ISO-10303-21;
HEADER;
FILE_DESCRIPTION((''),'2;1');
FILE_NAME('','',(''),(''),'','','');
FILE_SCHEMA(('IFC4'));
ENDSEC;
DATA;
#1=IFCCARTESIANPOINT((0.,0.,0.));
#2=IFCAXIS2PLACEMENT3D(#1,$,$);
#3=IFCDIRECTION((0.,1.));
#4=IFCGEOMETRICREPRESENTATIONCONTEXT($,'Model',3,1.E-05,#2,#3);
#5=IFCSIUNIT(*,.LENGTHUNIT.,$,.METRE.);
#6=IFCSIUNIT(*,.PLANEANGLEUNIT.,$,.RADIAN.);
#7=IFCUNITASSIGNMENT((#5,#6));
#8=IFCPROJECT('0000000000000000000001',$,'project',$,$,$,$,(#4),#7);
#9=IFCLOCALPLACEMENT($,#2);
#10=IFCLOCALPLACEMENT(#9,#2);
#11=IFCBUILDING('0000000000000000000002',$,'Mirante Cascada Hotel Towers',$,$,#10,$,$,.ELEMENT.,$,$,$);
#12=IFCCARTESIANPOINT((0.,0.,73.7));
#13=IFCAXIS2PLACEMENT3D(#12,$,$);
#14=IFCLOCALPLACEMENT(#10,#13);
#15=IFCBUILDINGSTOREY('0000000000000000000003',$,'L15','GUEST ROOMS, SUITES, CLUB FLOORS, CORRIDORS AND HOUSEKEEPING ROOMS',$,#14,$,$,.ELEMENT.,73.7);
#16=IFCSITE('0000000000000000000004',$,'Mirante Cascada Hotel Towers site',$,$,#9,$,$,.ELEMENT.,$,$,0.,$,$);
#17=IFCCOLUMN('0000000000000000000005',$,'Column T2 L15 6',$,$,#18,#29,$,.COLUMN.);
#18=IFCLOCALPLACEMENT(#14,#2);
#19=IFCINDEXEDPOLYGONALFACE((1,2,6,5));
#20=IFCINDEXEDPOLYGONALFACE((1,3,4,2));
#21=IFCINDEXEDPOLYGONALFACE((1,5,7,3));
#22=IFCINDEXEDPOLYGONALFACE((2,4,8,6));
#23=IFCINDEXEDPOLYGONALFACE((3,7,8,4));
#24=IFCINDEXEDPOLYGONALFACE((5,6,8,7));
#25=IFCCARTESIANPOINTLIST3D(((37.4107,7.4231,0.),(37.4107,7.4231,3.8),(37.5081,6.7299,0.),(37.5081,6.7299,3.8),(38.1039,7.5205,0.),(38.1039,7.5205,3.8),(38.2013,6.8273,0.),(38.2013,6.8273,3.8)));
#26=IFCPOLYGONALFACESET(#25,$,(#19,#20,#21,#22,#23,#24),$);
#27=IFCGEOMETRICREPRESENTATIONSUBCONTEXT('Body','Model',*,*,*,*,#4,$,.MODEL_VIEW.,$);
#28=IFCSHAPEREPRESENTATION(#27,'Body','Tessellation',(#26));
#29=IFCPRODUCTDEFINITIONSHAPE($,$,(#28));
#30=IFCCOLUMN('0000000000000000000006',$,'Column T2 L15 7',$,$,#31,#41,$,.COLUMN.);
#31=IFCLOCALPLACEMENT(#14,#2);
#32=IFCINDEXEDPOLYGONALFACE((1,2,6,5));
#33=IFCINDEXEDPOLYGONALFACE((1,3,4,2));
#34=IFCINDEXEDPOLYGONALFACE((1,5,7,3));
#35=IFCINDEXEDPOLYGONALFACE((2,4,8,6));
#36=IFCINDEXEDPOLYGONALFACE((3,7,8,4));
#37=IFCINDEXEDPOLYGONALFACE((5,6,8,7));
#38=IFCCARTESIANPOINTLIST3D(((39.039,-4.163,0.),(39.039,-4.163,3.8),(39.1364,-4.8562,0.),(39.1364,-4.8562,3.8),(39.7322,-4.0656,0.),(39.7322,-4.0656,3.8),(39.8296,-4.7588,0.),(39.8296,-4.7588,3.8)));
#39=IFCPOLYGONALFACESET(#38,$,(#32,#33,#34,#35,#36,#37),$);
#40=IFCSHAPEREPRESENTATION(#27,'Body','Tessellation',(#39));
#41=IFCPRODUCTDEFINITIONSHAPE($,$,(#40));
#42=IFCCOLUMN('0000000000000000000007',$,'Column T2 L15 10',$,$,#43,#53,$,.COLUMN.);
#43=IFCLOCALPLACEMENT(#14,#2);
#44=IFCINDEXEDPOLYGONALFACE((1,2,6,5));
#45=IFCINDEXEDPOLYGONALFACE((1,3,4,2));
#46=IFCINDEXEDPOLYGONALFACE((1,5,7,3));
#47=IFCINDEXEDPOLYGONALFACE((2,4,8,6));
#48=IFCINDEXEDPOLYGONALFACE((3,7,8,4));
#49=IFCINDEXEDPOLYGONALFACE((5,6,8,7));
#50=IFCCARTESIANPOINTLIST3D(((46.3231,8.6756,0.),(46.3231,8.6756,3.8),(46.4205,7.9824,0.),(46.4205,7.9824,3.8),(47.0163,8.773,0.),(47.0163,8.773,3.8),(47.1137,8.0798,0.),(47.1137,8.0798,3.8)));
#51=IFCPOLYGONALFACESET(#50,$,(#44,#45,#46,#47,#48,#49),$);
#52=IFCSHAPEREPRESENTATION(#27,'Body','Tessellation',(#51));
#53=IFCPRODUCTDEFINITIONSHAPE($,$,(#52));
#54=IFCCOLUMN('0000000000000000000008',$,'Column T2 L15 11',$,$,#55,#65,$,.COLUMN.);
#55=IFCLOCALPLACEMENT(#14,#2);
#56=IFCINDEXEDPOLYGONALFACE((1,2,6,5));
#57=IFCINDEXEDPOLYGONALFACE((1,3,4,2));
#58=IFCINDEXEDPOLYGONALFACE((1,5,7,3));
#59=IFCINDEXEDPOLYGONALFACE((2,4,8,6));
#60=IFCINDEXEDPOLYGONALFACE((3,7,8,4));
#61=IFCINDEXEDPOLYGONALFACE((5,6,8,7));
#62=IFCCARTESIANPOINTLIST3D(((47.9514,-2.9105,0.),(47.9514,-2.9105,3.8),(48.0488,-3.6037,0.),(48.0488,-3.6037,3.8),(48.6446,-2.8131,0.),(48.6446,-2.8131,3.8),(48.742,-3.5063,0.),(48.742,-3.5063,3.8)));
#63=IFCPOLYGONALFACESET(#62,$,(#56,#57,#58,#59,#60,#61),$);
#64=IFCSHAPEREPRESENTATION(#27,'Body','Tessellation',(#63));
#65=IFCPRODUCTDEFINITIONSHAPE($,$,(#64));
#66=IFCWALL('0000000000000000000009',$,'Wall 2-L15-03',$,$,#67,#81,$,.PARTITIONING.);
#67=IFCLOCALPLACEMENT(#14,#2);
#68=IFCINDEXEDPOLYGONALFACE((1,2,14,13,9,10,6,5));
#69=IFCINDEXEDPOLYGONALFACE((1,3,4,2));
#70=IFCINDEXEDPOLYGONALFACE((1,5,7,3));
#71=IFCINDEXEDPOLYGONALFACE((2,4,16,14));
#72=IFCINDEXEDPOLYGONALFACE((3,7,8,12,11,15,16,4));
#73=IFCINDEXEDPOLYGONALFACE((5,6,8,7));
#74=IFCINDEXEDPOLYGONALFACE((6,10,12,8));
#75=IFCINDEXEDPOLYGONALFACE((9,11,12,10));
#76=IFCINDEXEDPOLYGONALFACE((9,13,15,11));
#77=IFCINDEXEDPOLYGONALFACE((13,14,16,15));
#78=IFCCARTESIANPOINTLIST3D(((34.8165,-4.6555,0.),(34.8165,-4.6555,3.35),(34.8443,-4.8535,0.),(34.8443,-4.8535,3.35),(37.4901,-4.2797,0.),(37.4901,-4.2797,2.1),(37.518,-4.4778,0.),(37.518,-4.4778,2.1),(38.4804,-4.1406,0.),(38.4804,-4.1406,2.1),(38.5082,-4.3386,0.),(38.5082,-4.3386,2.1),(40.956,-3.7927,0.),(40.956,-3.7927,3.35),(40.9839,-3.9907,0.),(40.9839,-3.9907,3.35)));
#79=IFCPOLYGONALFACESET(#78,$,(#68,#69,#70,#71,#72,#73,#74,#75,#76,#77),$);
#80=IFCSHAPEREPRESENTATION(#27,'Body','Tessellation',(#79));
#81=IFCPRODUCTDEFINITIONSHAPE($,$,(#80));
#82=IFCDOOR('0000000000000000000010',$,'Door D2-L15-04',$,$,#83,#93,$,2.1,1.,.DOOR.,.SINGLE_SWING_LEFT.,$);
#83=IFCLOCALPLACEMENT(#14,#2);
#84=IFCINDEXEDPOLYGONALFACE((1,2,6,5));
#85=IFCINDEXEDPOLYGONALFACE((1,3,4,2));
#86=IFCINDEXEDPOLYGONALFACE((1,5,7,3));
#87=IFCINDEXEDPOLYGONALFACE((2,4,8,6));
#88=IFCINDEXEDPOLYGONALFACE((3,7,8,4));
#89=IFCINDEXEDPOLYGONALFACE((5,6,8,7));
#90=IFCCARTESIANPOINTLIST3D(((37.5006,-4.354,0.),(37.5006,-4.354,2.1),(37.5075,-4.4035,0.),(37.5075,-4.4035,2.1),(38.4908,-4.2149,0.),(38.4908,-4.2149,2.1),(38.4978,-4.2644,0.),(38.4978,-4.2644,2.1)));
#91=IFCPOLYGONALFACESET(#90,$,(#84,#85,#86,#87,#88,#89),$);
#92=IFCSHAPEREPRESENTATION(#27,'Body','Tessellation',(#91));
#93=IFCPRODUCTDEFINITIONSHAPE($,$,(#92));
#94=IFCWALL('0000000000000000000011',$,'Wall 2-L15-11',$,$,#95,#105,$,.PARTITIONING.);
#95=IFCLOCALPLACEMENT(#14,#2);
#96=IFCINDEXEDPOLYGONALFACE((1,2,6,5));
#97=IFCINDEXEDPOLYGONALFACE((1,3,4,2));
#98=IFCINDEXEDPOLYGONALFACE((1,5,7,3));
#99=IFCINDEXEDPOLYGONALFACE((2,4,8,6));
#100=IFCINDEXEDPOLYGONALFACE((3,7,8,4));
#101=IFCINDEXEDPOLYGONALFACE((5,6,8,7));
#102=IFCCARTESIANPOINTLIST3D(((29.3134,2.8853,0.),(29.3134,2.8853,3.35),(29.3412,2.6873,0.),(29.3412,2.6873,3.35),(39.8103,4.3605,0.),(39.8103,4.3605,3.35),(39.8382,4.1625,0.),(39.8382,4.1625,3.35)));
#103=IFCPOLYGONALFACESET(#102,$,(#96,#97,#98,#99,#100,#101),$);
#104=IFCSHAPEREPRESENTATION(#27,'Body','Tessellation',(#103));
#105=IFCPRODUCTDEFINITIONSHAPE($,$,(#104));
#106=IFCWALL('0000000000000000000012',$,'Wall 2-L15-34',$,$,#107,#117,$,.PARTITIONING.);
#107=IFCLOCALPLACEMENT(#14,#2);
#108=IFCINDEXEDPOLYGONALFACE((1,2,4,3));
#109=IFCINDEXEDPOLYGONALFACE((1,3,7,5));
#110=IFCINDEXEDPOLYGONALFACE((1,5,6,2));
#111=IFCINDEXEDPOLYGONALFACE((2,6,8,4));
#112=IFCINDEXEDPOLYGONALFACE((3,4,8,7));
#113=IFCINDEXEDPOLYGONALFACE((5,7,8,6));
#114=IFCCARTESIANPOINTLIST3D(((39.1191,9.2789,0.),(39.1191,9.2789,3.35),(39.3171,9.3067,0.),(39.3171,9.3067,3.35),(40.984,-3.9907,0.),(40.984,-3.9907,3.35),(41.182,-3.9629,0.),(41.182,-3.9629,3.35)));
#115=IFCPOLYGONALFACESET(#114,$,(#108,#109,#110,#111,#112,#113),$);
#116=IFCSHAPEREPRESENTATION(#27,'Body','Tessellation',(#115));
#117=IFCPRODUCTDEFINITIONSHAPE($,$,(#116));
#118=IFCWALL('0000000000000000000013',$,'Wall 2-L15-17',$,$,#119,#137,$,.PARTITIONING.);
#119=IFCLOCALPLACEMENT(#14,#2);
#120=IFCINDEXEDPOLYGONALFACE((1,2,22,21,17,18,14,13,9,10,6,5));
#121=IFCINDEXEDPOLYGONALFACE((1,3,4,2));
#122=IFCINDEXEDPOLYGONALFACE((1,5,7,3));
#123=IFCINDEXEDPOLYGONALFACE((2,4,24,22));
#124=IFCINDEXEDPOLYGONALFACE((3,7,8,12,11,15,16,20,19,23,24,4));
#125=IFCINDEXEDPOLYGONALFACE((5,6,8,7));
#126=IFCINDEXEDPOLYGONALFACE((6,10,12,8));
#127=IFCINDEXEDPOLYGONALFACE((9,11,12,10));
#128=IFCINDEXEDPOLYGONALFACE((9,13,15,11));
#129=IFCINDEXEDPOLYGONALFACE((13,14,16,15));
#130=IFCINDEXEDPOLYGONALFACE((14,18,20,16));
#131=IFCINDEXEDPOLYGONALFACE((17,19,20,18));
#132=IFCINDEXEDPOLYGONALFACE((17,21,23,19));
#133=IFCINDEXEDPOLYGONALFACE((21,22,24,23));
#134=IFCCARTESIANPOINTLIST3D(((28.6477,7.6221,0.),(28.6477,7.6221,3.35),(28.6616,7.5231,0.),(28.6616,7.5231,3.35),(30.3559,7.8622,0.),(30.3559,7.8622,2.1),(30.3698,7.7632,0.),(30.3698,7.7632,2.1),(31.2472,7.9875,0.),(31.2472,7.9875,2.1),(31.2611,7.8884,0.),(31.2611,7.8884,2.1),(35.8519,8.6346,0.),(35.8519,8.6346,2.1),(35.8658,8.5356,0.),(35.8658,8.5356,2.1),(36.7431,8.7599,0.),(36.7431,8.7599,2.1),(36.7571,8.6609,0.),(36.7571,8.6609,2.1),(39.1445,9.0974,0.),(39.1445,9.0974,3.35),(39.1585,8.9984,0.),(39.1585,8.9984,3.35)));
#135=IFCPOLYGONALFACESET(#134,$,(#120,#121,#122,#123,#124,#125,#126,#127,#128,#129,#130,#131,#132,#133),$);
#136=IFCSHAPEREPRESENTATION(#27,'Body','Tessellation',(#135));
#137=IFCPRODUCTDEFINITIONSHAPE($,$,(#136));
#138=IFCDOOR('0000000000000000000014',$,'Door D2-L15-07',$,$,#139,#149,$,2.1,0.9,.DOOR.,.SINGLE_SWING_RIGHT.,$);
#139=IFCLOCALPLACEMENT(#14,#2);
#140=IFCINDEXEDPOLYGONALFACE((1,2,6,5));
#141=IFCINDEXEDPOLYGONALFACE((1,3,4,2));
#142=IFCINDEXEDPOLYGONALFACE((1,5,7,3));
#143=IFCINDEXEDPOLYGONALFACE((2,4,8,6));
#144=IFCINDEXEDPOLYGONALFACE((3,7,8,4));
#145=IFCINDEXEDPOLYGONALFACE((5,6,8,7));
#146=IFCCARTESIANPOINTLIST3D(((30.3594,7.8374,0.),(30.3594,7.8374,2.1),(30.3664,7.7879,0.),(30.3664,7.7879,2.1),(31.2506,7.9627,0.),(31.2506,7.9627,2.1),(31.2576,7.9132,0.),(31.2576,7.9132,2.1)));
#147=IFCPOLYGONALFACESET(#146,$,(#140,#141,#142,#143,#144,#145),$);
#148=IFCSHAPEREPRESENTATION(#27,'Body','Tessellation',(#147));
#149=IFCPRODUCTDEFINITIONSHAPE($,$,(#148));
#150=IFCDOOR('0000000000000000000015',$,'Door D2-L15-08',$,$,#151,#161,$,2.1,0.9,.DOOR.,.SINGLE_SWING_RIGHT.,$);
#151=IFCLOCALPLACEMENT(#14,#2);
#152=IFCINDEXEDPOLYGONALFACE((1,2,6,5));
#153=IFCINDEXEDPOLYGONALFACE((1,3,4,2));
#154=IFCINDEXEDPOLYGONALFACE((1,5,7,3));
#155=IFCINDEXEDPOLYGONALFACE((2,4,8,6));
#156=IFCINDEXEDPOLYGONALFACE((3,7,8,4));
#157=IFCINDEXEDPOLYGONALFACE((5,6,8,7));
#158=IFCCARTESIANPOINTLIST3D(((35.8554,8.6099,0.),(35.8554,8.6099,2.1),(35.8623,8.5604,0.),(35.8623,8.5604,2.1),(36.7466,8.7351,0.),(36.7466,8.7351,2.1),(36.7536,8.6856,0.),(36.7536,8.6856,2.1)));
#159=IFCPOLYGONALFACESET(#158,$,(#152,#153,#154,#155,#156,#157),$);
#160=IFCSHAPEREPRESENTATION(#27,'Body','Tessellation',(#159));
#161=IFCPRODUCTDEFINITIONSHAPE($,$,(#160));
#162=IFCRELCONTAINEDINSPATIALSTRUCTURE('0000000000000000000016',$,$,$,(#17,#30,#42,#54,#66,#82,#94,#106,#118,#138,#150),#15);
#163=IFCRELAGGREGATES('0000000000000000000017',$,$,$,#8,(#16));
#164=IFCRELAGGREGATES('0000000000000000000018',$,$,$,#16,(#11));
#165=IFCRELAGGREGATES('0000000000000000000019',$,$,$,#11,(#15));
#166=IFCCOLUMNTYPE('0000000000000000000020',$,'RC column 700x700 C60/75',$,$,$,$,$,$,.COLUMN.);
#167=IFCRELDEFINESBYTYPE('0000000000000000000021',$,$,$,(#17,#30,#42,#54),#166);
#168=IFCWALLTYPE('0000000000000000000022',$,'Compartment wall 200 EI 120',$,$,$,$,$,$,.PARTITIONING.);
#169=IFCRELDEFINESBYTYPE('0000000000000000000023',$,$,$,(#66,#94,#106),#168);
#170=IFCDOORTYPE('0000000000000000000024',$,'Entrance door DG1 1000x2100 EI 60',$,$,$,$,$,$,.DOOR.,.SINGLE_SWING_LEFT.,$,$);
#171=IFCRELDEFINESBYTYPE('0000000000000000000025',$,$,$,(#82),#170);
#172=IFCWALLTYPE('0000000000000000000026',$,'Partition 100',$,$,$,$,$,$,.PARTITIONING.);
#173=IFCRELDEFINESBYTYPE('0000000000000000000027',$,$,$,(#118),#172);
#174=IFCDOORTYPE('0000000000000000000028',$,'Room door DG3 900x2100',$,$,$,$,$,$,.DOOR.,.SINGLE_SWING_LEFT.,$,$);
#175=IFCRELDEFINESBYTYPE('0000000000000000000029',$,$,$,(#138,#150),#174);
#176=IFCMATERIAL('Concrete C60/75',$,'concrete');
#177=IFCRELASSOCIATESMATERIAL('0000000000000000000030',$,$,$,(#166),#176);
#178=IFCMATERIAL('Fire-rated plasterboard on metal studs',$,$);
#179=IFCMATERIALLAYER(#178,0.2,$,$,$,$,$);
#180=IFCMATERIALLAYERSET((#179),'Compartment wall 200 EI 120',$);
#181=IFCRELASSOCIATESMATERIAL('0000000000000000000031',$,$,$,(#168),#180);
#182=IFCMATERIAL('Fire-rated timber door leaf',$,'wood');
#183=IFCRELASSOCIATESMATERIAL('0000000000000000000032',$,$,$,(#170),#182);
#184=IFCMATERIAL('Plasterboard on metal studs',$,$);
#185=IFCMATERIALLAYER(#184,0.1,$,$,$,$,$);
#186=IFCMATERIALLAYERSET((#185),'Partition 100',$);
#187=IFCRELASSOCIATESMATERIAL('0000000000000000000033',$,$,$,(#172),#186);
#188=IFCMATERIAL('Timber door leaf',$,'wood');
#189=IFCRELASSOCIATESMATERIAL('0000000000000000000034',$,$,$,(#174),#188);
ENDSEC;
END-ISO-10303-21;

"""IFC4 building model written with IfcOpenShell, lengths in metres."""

from ifc_helpers import new_model, si_unit, direction, frame, frame_2d, origin, origin_2d, place, context, subcontext, project, spatial, rectangle, extrude, material, layer, layer_set, material_profile, profile_set, type_object, element, fill, save


model = new_model("IFC4")

# Units and contexts
model_context = context("Model", 3, precision=1e-05, world=origin(), true_north=direction((0.0, 1.0)))
body_context = subcontext(model_context, "Body", "Model", "MODEL_VIEW")
ifc_project = project(units=[si_unit("LENGTHUNIT", "METRE"), si_unit("PLANEANGLEUNIT", "RADIAN")], contexts=[model_context])

# Site, building, storey
site_placement = place(None, origin())
site = spatial("IfcSite", under=ifc_project, at=site_placement, Name="Mirante Cascada Hotel Towers site", CompositionType="ELEMENT", RefElevation=0.0)
building_placement = place(site_placement, origin())
building = spatial("IfcBuilding", under=site, at=building_placement, Name="Mirante Cascada Hotel Towers", CompositionType="ELEMENT")
storey_placement = place(building_placement, frame((0.0, 0.0, 73.7)))
storey = spatial("IfcBuildingStorey", under=building, at=storey_placement, Name="L15", Description="GUEST ROOMS, SUITES, CLUB FLOORS, CORRIDORS AND HOUSEKEEPING ROOMS", CompositionType="ELEMENT", Elevation=73.7)

# Columns
ifc_material_1 = material(Name="Concrete C60/75", Category="concrete")
ifc_material_profile = material_profile(ifc_material_1, rectangle(XDim=0.7, YDim=0.7, at=origin_2d()), Name="RC column 700x700 C60/75")
ifc_profile_set = profile_set([ifc_material_profile], Name="Concrete C60/75")
column_type = type_object("IfcColumnType", Name="RC column 700x700 C60/75", PredefinedType="COLUMN", material=ifc_profile_set)
for number, where, z_axis, x_axis, name in (
    (1, (37.806, 7.1252, 0.0), (0.0, 0.0, 1.0), (0.990268, 0.139173, 0.0), "Column T2 L15 6"),
    (2, (39.4343, -4.4609, 0.0), (0.0, 0.0, 1.0), (0.990268, 0.139173, 0.0), "Column T2 L15 7"),
    (3, (46.7184, 8.3777, 0.0), (0.0, 0.0, 1.0), (0.990268, 0.139173, 0.0), "Column T2 L15 10"),
    (4, (48.3467, -3.2084, 0.0), (0.0, 0.0, 1.0), (0.990268, 0.139173, 0.0), "Column T2 L15 11"),
):
    element("IfcColumn", number, at=place(storey_placement, frame(where, z_axis=z_axis, x_axis=x_axis)), inside=storey, type_object=column_type, Name=name, PredefinedType="COLUMN", context=body_context, shape_type="SweptSolid", body=[
        extrude(rectangle(XDim=0.7, YDim=0.7, at=origin_2d()), origin(), (0.0, 0.0, 1.0), 3.8),
    ])

# Wall, opening, door
ifc_material_2 = material(Name="Fire-rated plasterboard on metal studs")
ifc_layer_1 = layer(ifc_material_2, 0.2)
ifc_layer_set_1 = layer_set([ifc_layer_1], Name="Compartment wall 200 EI 120")
wall_type_1 = type_object("IfcWallType", Name="Compartment wall 200 EI 120", PredefinedType="PARTITIONING", material=ifc_layer_set_1)
wall_1_placement = place(storey_placement, frame((40.97, -3.8917, 0.0), z_axis=(0.0, 0.0, 1.0), x_axis=(-0.99027, -0.139163, 0.0)))
wall_1 = element("IfcWall", 5, at=wall_1_placement, inside=storey, type_object=wall_type_1, Name="Wall 2-L15-03", PredefinedType="PARTITIONING", context=body_context, shape_type="SweptSolid", body=[
    extrude(rectangle(XDim=6.1999, YDim=0.2, at=frame_2d((3.1, 0.0))), origin(), (0.0, 0.0, 1.0), 3.35),
])
opening_1_placement = place(wall_1_placement, frame((2.5, 0.0, 0.0)))
opening_1 = element("IfcOpeningElement", 6, at=opening_1_placement, cuts=wall_1, PredefinedType="OPENING", context=body_context, shape_type="SweptSolid", body=[
    extrude(rectangle(XDim=1.0, YDim=2.1, at=frame_2d((0.5, 1.05))), frame((0.0, 0.1, 0.0), z_axis=(0.0, -1.0, 0.0), x_axis=(1.0, 0.0, 0.0)), (0.0, 0.0, 1.0), 0.2),
])
ifc_material_3 = material(Name="Fire-rated timber door leaf", Category="wood")
door_type_1 = type_object("IfcDoorType", Name="Entrance door DG1 1000x2100 EI 60", OperationType="SINGLE_SWING_LEFT", PredefinedType="DOOR", material=ifc_material_3)
door_1_placement = place(opening_1_placement, origin())
door_1 = element("IfcDoor", 7, at=door_1_placement, inside=storey, type_object=door_type_1, Name="Door D2-L15-04", OperationType="SINGLE_SWING_LEFT", OverallHeight=2.1, OverallWidth=1.0, PredefinedType="DOOR", context=body_context, shape_type="SweptSolid", body=[
    extrude(rectangle(XDim=1.0, YDim=2.1, at=frame_2d((0.5, 1.05))), frame((0.0, 0.025, 0.0), z_axis=(0.0, -1.0, 0.0), x_axis=(1.0, 0.0, 0.0)), (0.0, 0.0, 1.0), 0.05),
])
fill(opening_1, door_1)

# Walls
wall_2_placement = place(storey_placement, frame((39.8242, 4.2615, 0.0), z_axis=(0.0, 0.0, 1.0), x_axis=(-0.990269, -0.139169, 0.0)))
element("IfcWall", 8, at=wall_2_placement, inside=storey, type_object=wall_type_1, Name="Wall 2-L15-11", PredefinedType="PARTITIONING", context=body_context, shape_type="SweptSolid", body=[
    extrude(rectangle(XDim=10.6001, YDim=0.2, at=frame_2d((5.3, 0.0))), origin(), (0.0, 0.0, 1.0), 3.35),
])
wall_3_placement = place(storey_placement, frame((41.083, -3.9768, 0.0), z_axis=(0.0, 0.0, 1.0), x_axis=(-0.139172, 0.990268, 0.0)))
element("IfcWall", 9, at=wall_3_placement, inside=storey, type_object=wall_type_1, Name="Wall 2-L15-34", PredefinedType="PARTITIONING", context=body_context, shape_type="SweptSolid", body=[
    extrude(rectangle(XDim=13.4, YDim=0.2, at=frame_2d((6.7, 0.0))), origin(), (0.0, 0.0, 1.0), 3.35),
])

# Wall, openings, doors
ifc_material_4 = material(Name="Plasterboard on metal studs")
ifc_layer_2 = layer(ifc_material_4, 0.1)
ifc_layer_set_2 = layer_set([ifc_layer_2], Name="Partition 100")
wall_type_2 = type_object("IfcWallType", Name="Partition 100", PredefinedType="PARTITIONING", material=ifc_layer_set_2)
wall_4_placement = place(storey_placement, frame((39.1515, 9.0479, 0.0), z_axis=(0.0, 0.0, 1.0), x_axis=(-0.990267, -0.13918, 0.0)))
wall_4 = element("IfcWall", 10, at=wall_4_placement, inside=storey, type_object=wall_type_2, Name="Wall 2-L15-17", PredefinedType="PARTITIONING", context=body_context, shape_type="SweptSolid", body=[
    extrude(rectangle(XDim=10.6, YDim=0.1, at=frame_2d((5.3, 0.0))), origin(), (0.0, 0.0, 1.0), 3.35),
])
opening_2_placement = place(wall_4_placement, frame((7.975, 0.0, 0.0)))
opening_2 = element("IfcOpeningElement", 11, at=opening_2_placement, cuts=wall_4, PredefinedType="OPENING", context=body_context, shape_type="SweptSolid", body=[
    extrude(rectangle(XDim=0.9, YDim=2.1, at=frame_2d((0.45, 1.05))), frame((0.0, 0.05, 0.0), z_axis=(0.0, -1.0, 0.0), x_axis=(1.0, 0.0, 0.0)), (0.0, 0.0, 1.0), 0.1),
])
opening_3_placement = place(wall_4_placement, frame((2.425, 0.0, 0.0)))
opening_3 = element("IfcOpeningElement", 12, at=opening_3_placement, cuts=wall_4, PredefinedType="OPENING", context=body_context, shape_type="SweptSolid", body=[
    extrude(rectangle(XDim=0.9, YDim=2.1, at=frame_2d((0.45, 1.05))), frame((0.0, 0.05, 0.0), z_axis=(0.0, -1.0, 0.0), x_axis=(1.0, 0.0, 0.0)), (0.0, 0.0, 1.0), 0.1),
])
ifc_material_5 = material(Name="Timber door leaf", Category="wood")
door_type_2 = type_object("IfcDoorType", Name="Room door DG3 900x2100", OperationType="SINGLE_SWING_LEFT", PredefinedType="DOOR", material=ifc_material_5)
door_2_placement = place(opening_2_placement, frame((0.9, 0.0, 0.0), z_axis=(0.0, 0.0, 1.0), x_axis=(-1.0, 0.0, 0.0)))
door_2 = element("IfcDoor", 13, at=door_2_placement, inside=storey, type_object=door_type_2, Name="Door D2-L15-07", OperationType="SINGLE_SWING_RIGHT", OverallHeight=2.1, OverallWidth=0.9, PredefinedType="DOOR", context=body_context, shape_type="SweptSolid", body=[
    extrude(rectangle(XDim=0.9, YDim=2.1, at=frame_2d((0.45, 1.05))), frame((0.0, 0.025, 0.0), z_axis=(0.0, -1.0, 0.0), x_axis=(1.0, 0.0, 0.0)), (0.0, 0.0, 1.0), 0.05),
])
fill(opening_2, door_2)
door_3_placement = place(opening_3_placement, frame((0.9, 0.0, 0.0), z_axis=(0.0, 0.0, 1.0), x_axis=(-1.0, 0.0, 0.0)))
door_3 = element("IfcDoor", 14, at=door_3_placement, inside=storey, type_object=door_type_2, Name="Door D2-L15-08", OperationType="SINGLE_SWING_RIGHT", OverallHeight=2.1, OverallWidth=0.9, PredefinedType="DOOR", context=body_context, shape_type="SweptSolid", body=[
    extrude(rectangle(XDim=0.9, YDim=2.1, at=frame_2d((0.45, 1.05))), frame((0.0, 0.025, 0.0), z_axis=(0.0, -1.0, 0.0), x_axis=(1.0, 0.0, 0.0)), (0.0, 0.0, 1.0), 0.05),
])
fill(opening_3, door_3)

save(model, "model.ifc")
